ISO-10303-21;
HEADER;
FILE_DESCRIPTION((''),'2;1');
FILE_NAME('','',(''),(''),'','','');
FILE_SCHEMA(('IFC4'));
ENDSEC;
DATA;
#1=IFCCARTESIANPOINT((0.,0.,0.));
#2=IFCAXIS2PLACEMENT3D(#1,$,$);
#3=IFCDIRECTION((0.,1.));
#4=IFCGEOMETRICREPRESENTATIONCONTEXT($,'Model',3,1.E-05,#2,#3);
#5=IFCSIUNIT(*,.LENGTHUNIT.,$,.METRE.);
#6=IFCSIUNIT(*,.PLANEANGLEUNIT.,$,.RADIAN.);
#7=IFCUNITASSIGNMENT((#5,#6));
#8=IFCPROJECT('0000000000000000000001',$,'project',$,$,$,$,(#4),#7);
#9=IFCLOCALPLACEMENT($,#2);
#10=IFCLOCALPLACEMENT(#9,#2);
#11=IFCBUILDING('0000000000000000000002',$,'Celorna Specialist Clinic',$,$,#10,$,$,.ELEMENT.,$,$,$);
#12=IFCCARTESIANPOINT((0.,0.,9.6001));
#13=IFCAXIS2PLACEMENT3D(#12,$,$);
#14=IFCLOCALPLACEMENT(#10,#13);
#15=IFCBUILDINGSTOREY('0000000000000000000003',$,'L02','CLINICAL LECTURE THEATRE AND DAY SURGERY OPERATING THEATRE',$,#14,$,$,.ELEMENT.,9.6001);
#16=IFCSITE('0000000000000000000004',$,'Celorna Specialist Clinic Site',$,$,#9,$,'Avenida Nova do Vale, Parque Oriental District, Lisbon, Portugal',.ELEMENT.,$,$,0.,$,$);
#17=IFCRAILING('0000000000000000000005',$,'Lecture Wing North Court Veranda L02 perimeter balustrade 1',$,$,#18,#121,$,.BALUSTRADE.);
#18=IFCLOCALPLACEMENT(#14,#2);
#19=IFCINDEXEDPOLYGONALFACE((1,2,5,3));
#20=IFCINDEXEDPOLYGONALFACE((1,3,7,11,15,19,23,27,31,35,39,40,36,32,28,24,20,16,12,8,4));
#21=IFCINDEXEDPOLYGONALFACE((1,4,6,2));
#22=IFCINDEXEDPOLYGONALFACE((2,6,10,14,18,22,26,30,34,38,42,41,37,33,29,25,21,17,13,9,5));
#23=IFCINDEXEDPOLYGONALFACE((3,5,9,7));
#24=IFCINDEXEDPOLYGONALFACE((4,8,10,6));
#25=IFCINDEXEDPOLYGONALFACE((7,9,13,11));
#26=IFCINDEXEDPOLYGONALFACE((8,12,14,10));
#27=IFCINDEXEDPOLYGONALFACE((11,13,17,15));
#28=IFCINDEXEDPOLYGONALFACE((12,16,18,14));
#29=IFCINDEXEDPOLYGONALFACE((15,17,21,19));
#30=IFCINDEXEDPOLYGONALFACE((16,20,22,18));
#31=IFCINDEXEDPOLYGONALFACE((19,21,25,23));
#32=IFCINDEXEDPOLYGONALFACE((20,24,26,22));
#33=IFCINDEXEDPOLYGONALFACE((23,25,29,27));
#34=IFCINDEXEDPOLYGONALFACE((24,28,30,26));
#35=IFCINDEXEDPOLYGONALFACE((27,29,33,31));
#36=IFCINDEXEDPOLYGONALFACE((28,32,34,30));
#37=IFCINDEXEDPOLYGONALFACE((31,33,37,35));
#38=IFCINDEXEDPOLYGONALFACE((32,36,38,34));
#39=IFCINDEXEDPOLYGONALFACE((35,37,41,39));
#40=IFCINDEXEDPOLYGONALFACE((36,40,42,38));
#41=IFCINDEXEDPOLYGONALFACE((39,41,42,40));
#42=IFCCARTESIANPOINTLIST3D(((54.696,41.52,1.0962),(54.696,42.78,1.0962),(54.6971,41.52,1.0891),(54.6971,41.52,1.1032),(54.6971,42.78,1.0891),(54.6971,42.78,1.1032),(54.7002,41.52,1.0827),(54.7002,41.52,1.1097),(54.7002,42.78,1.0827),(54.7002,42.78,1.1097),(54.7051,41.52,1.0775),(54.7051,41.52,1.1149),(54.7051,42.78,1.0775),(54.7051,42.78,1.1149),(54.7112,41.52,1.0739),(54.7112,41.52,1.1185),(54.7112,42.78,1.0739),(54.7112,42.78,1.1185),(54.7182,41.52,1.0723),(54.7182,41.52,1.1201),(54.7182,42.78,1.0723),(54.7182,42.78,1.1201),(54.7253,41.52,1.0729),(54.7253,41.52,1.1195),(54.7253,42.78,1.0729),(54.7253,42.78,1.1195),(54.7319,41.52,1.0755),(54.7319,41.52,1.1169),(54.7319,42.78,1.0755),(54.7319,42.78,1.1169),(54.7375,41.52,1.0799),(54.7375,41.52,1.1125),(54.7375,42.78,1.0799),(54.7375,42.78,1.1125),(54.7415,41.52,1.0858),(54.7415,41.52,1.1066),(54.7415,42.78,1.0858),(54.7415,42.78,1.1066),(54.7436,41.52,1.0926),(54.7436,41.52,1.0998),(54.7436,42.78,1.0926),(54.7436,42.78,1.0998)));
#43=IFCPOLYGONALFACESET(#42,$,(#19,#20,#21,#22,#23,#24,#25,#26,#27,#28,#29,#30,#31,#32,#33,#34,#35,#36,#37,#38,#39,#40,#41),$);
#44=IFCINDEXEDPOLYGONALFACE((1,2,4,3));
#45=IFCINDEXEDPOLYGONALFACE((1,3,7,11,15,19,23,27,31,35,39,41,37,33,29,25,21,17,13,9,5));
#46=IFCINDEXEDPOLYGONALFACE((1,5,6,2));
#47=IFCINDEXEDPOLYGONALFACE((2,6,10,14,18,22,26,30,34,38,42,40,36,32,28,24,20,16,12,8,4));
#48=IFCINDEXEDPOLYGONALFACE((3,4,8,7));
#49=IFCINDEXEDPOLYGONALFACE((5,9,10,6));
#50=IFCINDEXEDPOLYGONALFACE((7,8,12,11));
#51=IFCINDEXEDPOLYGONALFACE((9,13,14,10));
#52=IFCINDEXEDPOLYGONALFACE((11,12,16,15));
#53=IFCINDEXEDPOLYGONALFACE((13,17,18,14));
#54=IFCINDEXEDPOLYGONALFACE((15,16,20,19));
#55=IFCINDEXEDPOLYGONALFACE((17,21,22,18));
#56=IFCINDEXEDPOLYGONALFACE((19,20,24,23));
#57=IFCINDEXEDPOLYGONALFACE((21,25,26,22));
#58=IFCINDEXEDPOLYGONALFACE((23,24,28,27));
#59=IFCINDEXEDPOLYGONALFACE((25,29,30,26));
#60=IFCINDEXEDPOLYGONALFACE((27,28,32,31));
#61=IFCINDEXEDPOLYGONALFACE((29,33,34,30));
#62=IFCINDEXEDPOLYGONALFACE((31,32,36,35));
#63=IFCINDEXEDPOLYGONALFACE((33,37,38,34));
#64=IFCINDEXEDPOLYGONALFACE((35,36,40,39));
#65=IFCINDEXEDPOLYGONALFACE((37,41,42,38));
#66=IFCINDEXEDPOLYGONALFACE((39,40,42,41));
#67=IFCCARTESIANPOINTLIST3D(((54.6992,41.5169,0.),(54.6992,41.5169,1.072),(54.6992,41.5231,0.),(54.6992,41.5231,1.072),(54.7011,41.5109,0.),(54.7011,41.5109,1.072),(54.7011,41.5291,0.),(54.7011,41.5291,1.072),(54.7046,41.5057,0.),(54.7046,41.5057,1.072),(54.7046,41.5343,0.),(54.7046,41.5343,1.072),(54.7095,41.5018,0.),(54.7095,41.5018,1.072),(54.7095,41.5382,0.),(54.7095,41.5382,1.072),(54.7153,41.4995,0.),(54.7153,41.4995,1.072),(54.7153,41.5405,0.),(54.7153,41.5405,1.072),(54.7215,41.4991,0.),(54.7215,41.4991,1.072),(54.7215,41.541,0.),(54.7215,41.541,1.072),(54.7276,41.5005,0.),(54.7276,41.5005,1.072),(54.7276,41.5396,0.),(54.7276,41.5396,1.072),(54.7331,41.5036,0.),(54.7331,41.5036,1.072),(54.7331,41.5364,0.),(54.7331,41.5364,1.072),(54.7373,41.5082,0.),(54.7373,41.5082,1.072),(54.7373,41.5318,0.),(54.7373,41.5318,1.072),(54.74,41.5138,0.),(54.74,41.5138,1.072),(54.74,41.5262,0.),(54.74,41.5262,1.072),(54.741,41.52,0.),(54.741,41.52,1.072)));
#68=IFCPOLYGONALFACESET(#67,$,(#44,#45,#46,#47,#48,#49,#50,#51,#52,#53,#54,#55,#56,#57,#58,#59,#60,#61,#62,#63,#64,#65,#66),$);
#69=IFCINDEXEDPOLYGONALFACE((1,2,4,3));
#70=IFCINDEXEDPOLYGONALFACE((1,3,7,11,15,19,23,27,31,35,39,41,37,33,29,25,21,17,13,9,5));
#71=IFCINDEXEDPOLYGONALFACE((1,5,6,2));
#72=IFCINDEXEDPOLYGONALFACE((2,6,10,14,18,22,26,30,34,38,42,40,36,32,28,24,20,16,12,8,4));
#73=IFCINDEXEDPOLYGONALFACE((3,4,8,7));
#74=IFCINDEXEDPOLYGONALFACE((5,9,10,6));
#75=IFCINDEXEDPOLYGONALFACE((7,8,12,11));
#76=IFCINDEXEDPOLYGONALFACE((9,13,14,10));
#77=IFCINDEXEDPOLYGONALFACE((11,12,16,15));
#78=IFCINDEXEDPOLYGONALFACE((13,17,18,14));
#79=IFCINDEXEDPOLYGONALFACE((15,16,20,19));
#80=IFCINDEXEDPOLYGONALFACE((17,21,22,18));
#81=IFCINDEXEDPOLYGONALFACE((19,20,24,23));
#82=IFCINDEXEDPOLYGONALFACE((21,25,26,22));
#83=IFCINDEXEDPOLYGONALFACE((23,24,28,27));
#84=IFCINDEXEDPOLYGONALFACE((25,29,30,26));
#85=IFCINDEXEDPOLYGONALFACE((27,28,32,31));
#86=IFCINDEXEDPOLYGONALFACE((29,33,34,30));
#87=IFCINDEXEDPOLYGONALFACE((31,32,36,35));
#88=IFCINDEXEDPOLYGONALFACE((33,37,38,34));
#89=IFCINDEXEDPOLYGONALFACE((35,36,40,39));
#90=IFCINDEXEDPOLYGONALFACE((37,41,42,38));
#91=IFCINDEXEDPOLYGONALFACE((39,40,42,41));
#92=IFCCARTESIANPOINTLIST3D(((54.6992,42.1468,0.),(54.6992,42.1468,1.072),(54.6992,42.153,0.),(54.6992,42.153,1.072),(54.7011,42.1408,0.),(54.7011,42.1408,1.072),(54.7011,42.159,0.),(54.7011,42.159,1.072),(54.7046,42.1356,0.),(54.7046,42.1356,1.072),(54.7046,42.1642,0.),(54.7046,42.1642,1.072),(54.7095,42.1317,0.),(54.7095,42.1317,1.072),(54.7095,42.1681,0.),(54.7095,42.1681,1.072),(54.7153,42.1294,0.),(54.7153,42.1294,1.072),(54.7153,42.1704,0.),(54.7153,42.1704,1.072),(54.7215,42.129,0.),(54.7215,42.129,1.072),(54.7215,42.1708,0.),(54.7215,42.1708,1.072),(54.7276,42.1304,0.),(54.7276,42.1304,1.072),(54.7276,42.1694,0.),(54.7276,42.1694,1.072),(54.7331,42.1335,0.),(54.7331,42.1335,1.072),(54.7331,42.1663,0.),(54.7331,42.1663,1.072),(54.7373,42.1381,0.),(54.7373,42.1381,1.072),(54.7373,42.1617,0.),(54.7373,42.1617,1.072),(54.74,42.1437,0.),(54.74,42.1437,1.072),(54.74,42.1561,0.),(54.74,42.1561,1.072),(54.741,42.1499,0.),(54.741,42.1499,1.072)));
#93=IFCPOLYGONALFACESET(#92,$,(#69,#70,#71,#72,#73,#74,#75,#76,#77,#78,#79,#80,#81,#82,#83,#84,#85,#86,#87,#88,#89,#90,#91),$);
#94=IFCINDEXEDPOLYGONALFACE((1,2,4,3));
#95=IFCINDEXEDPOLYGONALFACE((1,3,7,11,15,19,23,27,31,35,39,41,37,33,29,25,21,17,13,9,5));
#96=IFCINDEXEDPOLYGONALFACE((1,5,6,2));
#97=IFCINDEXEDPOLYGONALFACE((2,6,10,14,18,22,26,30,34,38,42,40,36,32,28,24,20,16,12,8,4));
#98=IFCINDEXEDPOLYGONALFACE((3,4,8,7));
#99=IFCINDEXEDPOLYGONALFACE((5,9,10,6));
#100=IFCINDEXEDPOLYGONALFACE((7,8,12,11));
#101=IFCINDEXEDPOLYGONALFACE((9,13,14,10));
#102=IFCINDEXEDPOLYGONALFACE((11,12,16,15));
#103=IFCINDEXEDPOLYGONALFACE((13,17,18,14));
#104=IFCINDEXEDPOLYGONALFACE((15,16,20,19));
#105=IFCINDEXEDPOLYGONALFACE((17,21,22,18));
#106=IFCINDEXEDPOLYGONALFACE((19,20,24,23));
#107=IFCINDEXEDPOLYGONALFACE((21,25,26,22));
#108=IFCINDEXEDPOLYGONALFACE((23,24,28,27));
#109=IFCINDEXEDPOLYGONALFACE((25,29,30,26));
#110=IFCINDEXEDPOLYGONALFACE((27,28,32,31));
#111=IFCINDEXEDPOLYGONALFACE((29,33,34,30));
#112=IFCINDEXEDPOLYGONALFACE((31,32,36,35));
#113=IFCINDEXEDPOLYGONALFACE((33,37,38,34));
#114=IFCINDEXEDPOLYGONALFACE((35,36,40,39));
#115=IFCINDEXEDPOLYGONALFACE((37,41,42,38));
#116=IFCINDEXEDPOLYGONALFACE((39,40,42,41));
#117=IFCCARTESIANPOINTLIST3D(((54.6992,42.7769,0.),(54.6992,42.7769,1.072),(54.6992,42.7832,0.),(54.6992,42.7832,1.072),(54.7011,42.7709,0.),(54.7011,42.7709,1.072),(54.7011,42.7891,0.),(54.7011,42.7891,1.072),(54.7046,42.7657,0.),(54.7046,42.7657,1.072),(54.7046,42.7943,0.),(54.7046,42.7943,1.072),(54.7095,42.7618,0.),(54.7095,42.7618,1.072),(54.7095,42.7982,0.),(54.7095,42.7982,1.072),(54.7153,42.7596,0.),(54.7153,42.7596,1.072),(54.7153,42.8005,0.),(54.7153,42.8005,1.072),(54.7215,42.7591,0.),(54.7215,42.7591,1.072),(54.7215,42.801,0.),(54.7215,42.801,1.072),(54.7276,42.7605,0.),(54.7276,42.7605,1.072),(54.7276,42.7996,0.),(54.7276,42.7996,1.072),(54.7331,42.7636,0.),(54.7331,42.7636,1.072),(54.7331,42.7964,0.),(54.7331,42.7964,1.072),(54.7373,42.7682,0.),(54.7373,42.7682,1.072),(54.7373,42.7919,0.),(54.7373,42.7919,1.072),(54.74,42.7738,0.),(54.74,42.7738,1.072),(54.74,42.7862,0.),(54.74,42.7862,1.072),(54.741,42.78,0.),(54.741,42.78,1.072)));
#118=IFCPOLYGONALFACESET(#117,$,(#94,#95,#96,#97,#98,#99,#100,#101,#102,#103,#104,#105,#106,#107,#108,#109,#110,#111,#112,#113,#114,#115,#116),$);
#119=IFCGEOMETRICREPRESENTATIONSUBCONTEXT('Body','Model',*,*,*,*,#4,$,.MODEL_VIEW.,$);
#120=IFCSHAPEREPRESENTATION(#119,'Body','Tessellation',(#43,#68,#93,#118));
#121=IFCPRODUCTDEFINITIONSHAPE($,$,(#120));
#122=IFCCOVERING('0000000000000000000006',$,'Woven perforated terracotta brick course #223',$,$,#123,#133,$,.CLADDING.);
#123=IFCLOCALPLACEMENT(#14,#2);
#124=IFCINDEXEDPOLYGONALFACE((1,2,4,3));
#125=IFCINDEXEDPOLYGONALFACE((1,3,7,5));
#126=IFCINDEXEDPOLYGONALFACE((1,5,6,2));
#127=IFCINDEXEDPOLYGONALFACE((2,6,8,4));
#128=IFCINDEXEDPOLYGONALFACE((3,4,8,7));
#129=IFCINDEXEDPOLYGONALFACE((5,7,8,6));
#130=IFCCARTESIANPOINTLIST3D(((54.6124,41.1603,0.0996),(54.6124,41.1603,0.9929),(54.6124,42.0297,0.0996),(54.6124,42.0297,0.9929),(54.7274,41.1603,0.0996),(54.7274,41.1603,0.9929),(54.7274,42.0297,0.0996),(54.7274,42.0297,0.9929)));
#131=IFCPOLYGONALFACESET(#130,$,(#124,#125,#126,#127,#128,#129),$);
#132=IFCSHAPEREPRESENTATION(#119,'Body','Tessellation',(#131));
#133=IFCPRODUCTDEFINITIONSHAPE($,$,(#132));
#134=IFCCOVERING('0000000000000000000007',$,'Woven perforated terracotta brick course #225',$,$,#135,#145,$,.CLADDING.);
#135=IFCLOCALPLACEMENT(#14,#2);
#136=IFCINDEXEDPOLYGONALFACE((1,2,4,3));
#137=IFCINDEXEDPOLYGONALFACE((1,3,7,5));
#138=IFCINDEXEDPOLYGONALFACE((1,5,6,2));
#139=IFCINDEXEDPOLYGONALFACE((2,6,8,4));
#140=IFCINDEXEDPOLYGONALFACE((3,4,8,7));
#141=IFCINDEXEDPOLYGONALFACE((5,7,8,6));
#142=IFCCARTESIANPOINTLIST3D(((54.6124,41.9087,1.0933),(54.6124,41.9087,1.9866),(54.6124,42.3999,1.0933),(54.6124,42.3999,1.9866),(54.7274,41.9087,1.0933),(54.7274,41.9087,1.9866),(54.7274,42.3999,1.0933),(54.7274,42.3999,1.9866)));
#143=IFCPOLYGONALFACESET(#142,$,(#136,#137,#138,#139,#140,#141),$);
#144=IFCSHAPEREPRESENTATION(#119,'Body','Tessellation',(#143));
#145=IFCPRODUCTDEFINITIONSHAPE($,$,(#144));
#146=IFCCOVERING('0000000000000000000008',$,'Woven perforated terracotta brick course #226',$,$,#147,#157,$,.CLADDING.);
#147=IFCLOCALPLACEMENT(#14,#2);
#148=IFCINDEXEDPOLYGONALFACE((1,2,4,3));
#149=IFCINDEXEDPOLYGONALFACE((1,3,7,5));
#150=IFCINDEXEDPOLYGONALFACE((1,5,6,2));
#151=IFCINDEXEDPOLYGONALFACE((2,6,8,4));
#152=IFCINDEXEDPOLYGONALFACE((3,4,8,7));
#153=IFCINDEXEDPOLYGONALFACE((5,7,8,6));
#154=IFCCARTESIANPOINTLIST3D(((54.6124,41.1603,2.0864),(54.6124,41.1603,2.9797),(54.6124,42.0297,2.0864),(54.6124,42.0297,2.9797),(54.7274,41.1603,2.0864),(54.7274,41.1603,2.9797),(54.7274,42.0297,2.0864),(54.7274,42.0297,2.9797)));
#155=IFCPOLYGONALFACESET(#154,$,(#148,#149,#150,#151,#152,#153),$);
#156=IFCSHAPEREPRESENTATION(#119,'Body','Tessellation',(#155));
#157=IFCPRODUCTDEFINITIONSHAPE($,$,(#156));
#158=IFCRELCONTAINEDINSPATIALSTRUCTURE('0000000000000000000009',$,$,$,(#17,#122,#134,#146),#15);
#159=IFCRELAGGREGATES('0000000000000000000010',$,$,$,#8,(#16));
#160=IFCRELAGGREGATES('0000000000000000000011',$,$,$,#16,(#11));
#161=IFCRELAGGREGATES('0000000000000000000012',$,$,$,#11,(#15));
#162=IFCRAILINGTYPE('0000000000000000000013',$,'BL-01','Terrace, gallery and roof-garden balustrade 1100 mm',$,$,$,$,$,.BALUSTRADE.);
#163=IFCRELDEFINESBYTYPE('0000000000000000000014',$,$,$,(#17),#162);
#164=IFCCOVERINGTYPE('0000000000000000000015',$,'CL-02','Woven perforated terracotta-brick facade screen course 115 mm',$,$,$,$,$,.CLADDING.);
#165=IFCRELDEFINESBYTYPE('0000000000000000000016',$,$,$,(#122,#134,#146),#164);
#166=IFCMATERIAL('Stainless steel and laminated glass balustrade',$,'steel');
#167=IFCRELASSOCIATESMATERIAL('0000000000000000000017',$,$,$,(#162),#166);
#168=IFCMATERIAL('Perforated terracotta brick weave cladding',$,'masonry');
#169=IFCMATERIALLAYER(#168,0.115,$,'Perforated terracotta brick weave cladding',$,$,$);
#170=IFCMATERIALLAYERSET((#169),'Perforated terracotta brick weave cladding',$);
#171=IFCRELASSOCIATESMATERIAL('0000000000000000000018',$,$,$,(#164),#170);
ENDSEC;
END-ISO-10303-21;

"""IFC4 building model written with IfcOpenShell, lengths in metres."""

from ifc_helpers import new_model, si_unit, direction, frame, origin, origin_2d, place, context, subcontext, project, spatial, rectangle, circle, extrude, material, layer, layer_set, type_object, element, save


model = new_model("IFC4")

# Units and contexts
model_context = context("Model", 3, precision=1e-05, world=origin(), true_north=direction((0.0, 1.0)))
body_context = subcontext(model_context, "Body", "Model", "MODEL_VIEW")
ifc_project = project(units=[si_unit("LENGTHUNIT", "METRE"), si_unit("PLANEANGLEUNIT", "RADIAN")], contexts=[model_context])

# Site, building, storey
site_placement = place(None, origin())
site = spatial("IfcSite", under=ifc_project, at=site_placement, Name="Celorna Specialist Clinic Site", LongName="Avenida Nova do Vale, Parque Oriental District, Lisbon, Portugal", CompositionType="ELEMENT", RefElevation=0.0)
building_placement = place(site_placement, origin())
building = spatial("IfcBuilding", under=site, at=building_placement, Name="Celorna Specialist Clinic", CompositionType="ELEMENT")
storey_placement = place(building_placement, frame((0.0, 0.0, 9.6001)))
storey = spatial("IfcBuildingStorey", under=building, at=storey_placement, Name="L02", Description="CLINICAL LECTURE THEATRE AND DAY SURGERY OPERATING THEATRE", CompositionType="ELEMENT", Elevation=9.6001)

# Railing
ifc_material_1 = material(Name="Stainless steel and laminated glass balustrade", Category="steel")
railing_type = type_object("IfcRailingType", Name="BL-01", Description="Terrace, gallery and roof-garden balustrade 1100 mm", PredefinedType="BALUSTRADE", material=ifc_material_1)
railing_1_placement = place(storey_placement, frame((54.72, 41.52, 0.0)))
element("IfcRailing", 1, at=railing_1_placement, inside=storey, type_object=railing_type, Name="Lecture Wing North Court Veranda L02 perimeter balustrade 1", PredefinedType="BALUSTRADE", context=body_context, shape_type="SweptSolid", body=[
    extrude(circle(Radius=0.0239, at=origin_2d()), frame((0.0, 0.0, 1.0962), z_axis=(0.0, 1.0, 0.0), x_axis=(-1.0, 0.0, 0.0)), (0.0, 0.0, 1.0), 1.26),
    extrude(circle(Radius=0.021, at=origin_2d()), origin(), (0.0, 0.0, 1.0), 1.072),
    extrude(circle(Radius=0.021, at=origin_2d()), frame((0.0, 0.6299, 0.0)), (0.0, 0.0, 1.0), 1.072),
    extrude(circle(Radius=0.021, at=origin_2d()), frame((0.0, 1.26, 0.0)), (0.0, 0.0, 1.0), 1.072),
])

# Coverings
ifc_material_2 = material(Name="Perforated terracotta brick weave cladding", Category="masonry")
ifc_layer_1 = layer(ifc_material_2, 0.115, Name="Perforated terracotta brick weave cladding")
ifc_layer_set_1 = layer_set([ifc_layer_1], Name="Perforated terracotta brick weave cladding")
covering_type = type_object("IfcCoveringType", Name="CL-02", Description="Woven perforated terracotta-brick facade screen course 115 mm", PredefinedType="CLADDING", material=ifc_layer_set_1)
covering_1_placement = place(storey_placement, frame((54.6699, 41.595, 0.0996), z_axis=(0.0, 0.0, 1.0), x_axis=(0.0, 1.0, 0.0)))
element("IfcCovering", 2, at=covering_1_placement, inside=storey, type_object=covering_type, Name="Woven perforated terracotta brick course #223", PredefinedType="CLADDING", context=body_context, shape_type="SweptSolid", body=[
    extrude(rectangle(XDim=0.8694, YDim=0.115, at=origin_2d()), origin(), (0.0, 0.0, 1.0), 0.8933),
])
covering_2_placement = place(storey_placement, frame((54.6699, 42.1543, 1.0933), z_axis=(0.0, 0.0, 1.0), x_axis=(0.0, 1.0, 0.0)))
element("IfcCovering", 3, at=covering_2_placement, inside=storey, type_object=covering_type, Name="Woven perforated terracotta brick course #225", PredefinedType="CLADDING", context=body_context, shape_type="SweptSolid", body=[
    extrude(rectangle(XDim=0.4912, YDim=0.115, at=origin_2d()), origin(), (0.0, 0.0, 1.0), 0.8933),
])
covering_3_placement = place(storey_placement, frame((54.6699, 41.595, 2.0864), z_axis=(0.0, 0.0, 1.0), x_axis=(0.0, 1.0, 0.0)))
element("IfcCovering", 4, at=covering_3_placement, inside=storey, type_object=covering_type, Name="Woven perforated terracotta brick course #226", PredefinedType="CLADDING", context=body_context, shape_type="SweptSolid", body=[
    extrude(rectangle(XDim=0.8694, YDim=0.115, at=origin_2d()), origin(), (0.0, 0.0, 1.0), 0.8933),
])

save(model, "model.ifc")
